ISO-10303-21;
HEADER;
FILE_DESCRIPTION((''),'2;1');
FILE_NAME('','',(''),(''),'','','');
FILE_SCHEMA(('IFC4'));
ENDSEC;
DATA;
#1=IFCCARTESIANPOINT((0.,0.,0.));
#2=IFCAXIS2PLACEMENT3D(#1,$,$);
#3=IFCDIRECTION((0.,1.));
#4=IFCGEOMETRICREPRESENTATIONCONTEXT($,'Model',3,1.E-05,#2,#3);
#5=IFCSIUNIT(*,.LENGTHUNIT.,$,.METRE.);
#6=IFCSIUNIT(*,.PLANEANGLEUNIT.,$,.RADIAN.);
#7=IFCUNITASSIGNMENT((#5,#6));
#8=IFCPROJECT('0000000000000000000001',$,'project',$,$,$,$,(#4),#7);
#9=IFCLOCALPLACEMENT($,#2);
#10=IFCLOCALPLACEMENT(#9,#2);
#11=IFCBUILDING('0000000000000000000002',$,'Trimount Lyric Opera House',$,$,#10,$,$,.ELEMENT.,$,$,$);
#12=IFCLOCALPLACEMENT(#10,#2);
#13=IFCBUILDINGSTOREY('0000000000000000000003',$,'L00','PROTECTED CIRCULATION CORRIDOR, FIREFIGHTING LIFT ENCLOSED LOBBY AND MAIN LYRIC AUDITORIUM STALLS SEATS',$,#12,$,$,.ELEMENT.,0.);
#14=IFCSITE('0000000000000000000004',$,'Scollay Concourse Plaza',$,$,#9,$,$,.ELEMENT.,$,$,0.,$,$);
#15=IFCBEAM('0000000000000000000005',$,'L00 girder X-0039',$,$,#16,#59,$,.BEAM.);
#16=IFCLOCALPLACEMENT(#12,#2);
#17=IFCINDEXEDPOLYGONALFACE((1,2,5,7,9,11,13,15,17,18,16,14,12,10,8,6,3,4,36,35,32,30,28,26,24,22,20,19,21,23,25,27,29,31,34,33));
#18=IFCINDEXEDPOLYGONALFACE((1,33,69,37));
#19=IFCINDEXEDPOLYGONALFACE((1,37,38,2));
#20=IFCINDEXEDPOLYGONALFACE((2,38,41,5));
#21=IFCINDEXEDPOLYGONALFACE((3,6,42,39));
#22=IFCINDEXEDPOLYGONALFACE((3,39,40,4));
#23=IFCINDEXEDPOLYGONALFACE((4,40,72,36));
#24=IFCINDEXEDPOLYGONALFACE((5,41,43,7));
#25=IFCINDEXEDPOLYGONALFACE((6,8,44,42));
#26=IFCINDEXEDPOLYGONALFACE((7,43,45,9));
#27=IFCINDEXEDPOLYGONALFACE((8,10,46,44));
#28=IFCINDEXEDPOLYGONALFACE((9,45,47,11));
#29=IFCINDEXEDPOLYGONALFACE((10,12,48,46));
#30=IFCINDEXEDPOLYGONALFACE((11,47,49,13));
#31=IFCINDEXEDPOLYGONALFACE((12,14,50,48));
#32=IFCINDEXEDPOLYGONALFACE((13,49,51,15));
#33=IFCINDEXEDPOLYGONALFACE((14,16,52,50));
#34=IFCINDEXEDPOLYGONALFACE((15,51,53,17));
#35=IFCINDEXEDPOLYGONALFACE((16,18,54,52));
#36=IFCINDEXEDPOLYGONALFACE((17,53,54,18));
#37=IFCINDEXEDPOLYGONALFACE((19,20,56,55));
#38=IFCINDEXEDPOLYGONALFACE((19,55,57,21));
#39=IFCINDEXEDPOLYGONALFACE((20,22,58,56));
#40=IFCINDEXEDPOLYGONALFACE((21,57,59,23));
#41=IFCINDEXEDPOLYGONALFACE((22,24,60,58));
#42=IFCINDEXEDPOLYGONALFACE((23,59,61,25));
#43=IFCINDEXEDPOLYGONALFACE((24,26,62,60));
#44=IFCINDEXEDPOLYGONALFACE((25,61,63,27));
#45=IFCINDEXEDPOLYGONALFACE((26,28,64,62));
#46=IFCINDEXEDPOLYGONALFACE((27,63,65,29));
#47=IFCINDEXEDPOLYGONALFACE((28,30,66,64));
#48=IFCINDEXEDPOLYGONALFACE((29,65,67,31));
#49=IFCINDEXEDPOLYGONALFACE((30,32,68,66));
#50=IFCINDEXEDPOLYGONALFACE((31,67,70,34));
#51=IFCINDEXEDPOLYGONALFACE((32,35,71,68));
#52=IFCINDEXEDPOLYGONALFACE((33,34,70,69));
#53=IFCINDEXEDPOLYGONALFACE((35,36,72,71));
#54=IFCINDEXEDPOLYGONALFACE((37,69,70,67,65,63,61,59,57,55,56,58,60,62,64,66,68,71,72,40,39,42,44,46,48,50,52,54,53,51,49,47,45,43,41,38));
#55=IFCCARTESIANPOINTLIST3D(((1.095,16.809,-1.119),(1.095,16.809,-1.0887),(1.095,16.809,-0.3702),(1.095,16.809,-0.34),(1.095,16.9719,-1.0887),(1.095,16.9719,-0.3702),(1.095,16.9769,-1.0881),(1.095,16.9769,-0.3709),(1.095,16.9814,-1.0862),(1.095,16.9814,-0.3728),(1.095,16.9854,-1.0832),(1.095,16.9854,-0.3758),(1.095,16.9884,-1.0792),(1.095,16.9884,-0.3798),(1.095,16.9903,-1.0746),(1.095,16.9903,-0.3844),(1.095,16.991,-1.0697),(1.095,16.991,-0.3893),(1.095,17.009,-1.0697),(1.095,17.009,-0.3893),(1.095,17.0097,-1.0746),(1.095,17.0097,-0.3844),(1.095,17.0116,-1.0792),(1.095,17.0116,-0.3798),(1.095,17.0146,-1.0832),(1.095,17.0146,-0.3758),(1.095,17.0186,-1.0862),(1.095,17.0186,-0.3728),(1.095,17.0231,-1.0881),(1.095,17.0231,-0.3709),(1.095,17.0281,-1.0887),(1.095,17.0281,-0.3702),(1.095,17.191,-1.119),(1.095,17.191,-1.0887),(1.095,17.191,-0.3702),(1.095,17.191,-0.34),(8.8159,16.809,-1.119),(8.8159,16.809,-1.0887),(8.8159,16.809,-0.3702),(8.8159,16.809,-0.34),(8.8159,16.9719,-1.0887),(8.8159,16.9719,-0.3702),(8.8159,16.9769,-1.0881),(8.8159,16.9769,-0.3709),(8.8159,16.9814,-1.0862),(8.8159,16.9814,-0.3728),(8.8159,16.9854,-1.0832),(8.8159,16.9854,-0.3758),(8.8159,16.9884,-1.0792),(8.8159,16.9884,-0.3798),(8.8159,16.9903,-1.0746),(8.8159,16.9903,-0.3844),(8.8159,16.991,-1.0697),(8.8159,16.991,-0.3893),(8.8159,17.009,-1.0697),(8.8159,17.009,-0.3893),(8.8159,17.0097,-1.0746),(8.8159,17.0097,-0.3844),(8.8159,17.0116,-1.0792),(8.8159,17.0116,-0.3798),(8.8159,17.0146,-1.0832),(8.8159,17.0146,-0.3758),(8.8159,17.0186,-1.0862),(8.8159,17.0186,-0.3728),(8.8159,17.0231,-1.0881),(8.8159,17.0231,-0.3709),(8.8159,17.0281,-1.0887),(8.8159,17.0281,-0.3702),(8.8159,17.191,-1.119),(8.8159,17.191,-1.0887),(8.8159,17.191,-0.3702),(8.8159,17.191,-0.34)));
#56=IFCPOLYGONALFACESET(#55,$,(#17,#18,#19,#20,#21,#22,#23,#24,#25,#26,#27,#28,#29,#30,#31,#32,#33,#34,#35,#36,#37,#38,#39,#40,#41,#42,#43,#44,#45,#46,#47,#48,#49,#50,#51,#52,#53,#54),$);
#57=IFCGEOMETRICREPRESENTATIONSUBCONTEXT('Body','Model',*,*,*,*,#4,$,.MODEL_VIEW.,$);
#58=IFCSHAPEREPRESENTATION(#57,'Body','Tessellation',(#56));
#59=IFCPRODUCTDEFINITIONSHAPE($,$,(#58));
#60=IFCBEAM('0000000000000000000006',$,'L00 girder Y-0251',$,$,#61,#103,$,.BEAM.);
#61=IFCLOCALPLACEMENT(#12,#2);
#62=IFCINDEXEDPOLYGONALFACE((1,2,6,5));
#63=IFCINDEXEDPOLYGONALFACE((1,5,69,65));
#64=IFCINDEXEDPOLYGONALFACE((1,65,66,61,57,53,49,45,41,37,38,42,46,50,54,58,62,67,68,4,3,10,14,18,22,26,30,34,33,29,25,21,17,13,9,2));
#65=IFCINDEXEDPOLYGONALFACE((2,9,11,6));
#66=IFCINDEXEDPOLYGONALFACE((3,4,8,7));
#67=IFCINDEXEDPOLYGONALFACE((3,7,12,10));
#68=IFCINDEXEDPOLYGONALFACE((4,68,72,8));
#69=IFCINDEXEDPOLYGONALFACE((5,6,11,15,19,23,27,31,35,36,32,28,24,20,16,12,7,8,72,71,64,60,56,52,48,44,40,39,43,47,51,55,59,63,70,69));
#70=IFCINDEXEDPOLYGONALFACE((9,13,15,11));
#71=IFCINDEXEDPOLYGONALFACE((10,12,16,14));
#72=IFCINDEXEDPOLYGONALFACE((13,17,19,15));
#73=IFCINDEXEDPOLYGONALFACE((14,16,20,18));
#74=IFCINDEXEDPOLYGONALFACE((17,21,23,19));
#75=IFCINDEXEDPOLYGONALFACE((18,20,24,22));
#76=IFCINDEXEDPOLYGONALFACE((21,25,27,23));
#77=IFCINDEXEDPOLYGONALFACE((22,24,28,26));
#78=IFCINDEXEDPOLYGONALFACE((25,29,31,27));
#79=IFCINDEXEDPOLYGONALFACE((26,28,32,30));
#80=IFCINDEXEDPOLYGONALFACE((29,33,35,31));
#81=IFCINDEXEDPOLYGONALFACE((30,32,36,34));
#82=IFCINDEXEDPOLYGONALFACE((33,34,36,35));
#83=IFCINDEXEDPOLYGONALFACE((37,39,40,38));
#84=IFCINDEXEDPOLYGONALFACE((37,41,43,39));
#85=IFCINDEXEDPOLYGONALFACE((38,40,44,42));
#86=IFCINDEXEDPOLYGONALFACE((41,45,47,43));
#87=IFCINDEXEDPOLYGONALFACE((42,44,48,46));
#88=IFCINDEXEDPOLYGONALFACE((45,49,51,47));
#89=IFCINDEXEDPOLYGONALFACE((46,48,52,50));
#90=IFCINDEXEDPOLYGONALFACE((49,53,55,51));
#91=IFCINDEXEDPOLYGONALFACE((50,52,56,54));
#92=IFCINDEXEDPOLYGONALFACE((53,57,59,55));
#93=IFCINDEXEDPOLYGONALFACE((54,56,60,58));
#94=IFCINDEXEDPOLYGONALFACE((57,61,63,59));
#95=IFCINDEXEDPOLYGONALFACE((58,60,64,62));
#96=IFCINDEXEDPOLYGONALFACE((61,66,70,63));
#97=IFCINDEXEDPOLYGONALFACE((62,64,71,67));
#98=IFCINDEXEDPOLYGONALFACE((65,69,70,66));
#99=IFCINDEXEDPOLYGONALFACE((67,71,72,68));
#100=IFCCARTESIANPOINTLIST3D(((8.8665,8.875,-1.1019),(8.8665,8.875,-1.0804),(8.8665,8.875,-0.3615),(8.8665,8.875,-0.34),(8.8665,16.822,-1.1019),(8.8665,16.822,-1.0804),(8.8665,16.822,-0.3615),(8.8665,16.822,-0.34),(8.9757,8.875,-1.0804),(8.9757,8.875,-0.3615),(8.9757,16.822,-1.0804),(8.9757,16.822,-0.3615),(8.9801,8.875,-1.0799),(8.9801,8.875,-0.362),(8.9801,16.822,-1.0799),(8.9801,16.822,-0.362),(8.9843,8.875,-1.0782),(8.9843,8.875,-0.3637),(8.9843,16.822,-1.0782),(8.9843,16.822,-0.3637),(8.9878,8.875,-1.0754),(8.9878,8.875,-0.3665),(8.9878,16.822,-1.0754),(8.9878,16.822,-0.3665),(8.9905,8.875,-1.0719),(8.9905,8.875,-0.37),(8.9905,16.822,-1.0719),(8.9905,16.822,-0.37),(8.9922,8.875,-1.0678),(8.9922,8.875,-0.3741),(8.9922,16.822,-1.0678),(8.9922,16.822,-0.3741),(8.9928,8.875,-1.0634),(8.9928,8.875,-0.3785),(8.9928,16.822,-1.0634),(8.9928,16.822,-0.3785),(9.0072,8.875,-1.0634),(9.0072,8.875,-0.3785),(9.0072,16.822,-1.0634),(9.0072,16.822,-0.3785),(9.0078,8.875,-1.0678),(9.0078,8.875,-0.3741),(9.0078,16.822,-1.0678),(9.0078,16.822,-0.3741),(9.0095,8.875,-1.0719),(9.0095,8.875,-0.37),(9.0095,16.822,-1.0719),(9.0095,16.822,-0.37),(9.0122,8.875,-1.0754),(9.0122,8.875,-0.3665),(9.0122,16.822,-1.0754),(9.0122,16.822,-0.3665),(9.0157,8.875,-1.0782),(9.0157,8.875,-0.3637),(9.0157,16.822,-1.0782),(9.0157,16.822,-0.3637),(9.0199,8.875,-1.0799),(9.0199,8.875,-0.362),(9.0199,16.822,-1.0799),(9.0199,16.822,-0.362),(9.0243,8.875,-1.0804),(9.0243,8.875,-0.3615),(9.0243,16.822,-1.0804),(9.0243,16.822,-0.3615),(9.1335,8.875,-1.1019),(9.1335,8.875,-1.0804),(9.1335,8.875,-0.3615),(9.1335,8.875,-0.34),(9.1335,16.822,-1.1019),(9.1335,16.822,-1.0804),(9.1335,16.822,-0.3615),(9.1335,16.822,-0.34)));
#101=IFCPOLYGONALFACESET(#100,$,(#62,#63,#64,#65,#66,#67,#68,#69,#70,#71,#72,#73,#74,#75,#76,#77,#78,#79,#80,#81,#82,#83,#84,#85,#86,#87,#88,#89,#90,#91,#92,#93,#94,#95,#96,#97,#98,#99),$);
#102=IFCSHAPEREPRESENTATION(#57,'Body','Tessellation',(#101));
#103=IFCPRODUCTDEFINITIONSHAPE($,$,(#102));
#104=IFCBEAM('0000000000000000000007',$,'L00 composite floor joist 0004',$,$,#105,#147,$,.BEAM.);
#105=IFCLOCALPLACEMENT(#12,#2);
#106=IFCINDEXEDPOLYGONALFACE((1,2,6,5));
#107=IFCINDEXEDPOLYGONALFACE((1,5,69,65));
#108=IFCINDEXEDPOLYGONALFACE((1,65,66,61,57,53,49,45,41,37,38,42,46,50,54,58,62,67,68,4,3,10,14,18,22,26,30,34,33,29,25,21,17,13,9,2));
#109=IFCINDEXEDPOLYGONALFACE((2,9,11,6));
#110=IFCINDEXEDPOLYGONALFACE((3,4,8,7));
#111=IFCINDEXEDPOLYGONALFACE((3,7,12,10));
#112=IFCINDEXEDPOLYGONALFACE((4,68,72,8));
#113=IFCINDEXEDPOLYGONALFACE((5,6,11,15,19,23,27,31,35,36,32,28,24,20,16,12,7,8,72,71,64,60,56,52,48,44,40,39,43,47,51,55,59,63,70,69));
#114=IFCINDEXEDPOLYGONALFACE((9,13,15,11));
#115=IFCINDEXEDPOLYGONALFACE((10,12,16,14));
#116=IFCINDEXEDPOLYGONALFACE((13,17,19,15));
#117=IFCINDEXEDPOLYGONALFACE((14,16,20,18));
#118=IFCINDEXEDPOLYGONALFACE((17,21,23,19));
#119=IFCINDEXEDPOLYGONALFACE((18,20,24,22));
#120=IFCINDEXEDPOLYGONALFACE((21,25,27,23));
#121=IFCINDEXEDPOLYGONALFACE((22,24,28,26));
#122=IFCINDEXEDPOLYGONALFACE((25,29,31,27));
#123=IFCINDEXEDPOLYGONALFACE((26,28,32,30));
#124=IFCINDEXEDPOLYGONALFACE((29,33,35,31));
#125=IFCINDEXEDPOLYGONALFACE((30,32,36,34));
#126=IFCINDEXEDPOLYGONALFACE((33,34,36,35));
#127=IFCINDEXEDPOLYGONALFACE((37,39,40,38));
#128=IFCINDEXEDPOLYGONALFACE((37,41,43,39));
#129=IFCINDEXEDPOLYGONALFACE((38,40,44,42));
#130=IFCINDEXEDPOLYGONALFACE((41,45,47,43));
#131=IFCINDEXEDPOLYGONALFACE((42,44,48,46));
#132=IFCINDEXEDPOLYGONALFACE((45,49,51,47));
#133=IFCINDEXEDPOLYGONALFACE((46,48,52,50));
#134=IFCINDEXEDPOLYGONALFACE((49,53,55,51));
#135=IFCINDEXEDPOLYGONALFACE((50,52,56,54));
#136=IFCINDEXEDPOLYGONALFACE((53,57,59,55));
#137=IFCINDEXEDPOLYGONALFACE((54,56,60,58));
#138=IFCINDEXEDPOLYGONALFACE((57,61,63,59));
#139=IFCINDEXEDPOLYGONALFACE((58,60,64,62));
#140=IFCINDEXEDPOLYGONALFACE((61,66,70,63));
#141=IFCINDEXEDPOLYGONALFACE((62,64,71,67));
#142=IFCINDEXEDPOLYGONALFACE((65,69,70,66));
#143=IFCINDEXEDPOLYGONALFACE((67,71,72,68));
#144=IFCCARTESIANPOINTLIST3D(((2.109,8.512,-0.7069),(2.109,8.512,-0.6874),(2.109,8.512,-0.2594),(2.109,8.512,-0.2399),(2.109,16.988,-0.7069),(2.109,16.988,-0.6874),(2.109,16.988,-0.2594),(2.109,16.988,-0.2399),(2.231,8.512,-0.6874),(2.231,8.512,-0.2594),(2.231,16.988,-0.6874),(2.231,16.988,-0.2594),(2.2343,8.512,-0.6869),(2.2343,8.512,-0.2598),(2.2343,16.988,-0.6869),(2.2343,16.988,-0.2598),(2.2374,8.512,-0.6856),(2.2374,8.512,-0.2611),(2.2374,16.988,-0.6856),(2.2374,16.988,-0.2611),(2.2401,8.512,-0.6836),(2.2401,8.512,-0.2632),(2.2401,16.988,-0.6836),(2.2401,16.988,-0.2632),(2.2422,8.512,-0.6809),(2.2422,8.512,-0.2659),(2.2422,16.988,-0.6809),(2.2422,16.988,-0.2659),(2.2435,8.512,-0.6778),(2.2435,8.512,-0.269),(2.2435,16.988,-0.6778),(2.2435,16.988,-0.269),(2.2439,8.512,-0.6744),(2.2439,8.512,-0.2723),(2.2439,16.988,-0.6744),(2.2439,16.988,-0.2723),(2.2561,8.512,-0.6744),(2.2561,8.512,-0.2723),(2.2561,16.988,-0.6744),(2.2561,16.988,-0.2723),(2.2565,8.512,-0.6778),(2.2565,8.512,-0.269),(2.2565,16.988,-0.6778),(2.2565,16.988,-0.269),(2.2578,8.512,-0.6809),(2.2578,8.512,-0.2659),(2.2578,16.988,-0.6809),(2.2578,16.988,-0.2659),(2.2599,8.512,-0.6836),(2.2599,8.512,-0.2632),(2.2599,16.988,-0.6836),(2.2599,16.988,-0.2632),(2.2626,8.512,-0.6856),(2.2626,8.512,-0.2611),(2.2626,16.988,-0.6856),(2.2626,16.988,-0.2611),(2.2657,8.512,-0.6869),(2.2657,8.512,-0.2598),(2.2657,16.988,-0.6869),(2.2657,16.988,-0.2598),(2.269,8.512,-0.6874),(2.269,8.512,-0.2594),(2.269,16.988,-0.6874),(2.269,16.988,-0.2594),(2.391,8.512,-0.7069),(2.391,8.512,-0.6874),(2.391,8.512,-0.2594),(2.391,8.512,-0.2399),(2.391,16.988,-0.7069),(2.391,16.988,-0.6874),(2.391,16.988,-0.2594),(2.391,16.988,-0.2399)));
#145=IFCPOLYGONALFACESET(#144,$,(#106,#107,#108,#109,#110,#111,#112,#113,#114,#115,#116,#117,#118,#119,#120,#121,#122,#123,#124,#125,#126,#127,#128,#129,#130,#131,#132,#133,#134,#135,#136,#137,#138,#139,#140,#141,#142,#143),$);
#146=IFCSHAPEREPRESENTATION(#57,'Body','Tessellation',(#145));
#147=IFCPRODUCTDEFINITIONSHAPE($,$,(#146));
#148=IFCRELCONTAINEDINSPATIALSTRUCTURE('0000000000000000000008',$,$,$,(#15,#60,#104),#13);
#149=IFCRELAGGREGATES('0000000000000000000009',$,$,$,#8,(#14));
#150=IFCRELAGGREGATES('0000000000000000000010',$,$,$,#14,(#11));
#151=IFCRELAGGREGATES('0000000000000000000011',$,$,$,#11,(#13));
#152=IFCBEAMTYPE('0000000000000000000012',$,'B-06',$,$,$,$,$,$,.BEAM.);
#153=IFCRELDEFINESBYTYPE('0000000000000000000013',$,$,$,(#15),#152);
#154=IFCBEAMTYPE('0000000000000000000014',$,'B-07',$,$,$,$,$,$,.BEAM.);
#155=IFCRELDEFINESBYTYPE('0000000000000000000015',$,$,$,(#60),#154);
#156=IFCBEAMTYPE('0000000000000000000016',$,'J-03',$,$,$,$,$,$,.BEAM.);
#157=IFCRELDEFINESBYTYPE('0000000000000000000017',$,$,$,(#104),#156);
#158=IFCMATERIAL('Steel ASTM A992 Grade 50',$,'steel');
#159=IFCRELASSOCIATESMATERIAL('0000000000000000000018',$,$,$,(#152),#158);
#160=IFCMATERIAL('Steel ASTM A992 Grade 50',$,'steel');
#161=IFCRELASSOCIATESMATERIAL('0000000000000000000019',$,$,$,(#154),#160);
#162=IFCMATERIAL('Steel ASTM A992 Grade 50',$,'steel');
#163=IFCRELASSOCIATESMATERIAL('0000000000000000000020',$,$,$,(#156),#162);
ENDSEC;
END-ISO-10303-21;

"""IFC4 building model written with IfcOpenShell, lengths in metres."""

from ifc_helpers import new_model, si_unit, direction, frame, origin, origin_2d, place, context, subcontext, project, spatial, i_section, extrude, material, material_profile, profile_set, type_object, element, save


model = new_model("IFC4")

# Units and contexts
model_context = context("Model", 3, precision=1e-05, world=origin(), true_north=direction((0.0, 1.0)))
body_context = subcontext(model_context, "Body", "Model", "MODEL_VIEW")
ifc_project = project(units=[si_unit("LENGTHUNIT", "METRE"), si_unit("PLANEANGLEUNIT", "RADIAN")], contexts=[model_context])

# Site, building, storey
site_placement = place(None, origin())
site = spatial("IfcSite", under=ifc_project, at=site_placement, Name="Scollay Concourse Plaza", CompositionType="ELEMENT", RefElevation=0.0)
building_placement = place(site_placement, origin())
building = spatial("IfcBuilding", under=site, at=building_placement, Name="Trimount Lyric Opera House", CompositionType="ELEMENT")
storey_placement = place(building_placement, origin())
storey = spatial("IfcBuildingStorey", under=building, at=storey_placement, Name="L00", Description="PROTECTED CIRCULATION CORRIDOR, FIREFIGHTING LIFT ENCLOSED LOBBY AND MAIN LYRIC AUDITORIUM STALLS SEATS", CompositionType="ELEMENT", Elevation=0.0)

# Beams
ifc_material_1 = material(Name="Steel ASTM A992 Grade 50", Category="steel")
ifc_material_profile_1 = material_profile(ifc_material_1, i_section(OverallWidth=0.3821, OverallDepth=0.7791, WebThickness=0.0181, FlangeThickness=0.0303, FilletRadius=0.019, at=origin_2d()), Name="W30X191")
ifc_profile_set_1 = profile_set([ifc_material_profile_1], Name="Steel ASTM A992 Grade 50")
beam_type_1 = type_object("IfcBeamType", Name="B-06", PredefinedType="BEAM", material=ifc_profile_set_1)
beam_1_placement = place(storey_placement, frame((1.095, 17.0, -0.7295), z_axis=(1.0, 0.0, 0.0), x_axis=(0.0, 1.0, 0.0)))
element("IfcBeam", 1, at=beam_1_placement, inside=storey, type_object=beam_type_1, Name="L00 girder X-0039", PredefinedType="BEAM", context=body_context, shape_type="SweptSolid", body=[
    extrude(i_section(OverallWidth=0.3821, OverallDepth=0.7791, WebThickness=0.0181, FlangeThickness=0.0303, FilletRadius=0.019, at=origin_2d()), origin(), (0.0, 0.0, 1.0), 7.7209),
])
ifc_material_2 = material(Name="Steel ASTM A992 Grade 50", Category="steel")
ifc_material_profile_2 = material_profile(ifc_material_2, i_section(OverallWidth=0.2671, OverallDepth=0.762, WebThickness=0.0144, FlangeThickness=0.0215, FilletRadius=0.0171, at=origin_2d()), Name="W30X116")
ifc_profile_set_2 = profile_set([ifc_material_profile_2], Name="Steel ASTM A992 Grade 50")
beam_type_2 = type_object("IfcBeamType", Name="B-07", PredefinedType="BEAM", material=ifc_profile_set_2)
beam_2_placement = place(storey_placement, frame((9.0, 8.875, -0.7209), z_axis=(0.0, 1.0, 0.0), x_axis=(-1.0, 0.0, 0.0)))
element("IfcBeam", 2, at=beam_2_placement, inside=storey, type_object=beam_type_2, Name="L00 girder Y-0251", PredefinedType="BEAM", context=body_context, shape_type="SweptSolid", body=[
    extrude(i_section(OverallWidth=0.2671, OverallDepth=0.762, WebThickness=0.0144, FlangeThickness=0.0215, FilletRadius=0.0171, at=origin_2d()), origin(), (0.0, 0.0, 1.0), 7.947),
])
ifc_material_3 = material(Name="Steel ASTM A992 Grade 50", Category="steel")
ifc_material_profile_3 = material_profile(ifc_material_3, i_section(OverallWidth=0.282, OverallDepth=0.467, WebThickness=0.0122, FlangeThickness=0.0195, FilletRadius=0.0129, at=origin_2d()), Name="W18X86")
ifc_profile_set_3 = profile_set([ifc_material_profile_3], Name="Steel ASTM A992 Grade 50")
beam_type_3 = type_object("IfcBeamType", Name="J-03", PredefinedType="BEAM", material=ifc_profile_set_3)
beam_3_placement = place(storey_placement, frame((2.25, 8.512, -0.4734), z_axis=(0.0, 1.0, 0.0), x_axis=(-1.0, 0.0, 0.0)))
element("IfcBeam", 3, at=beam_3_placement, inside=storey, type_object=beam_type_3, Name="L00 composite floor joist 0004", PredefinedType="BEAM", context=body_context, shape_type="SweptSolid", body=[
    extrude(i_section(OverallWidth=0.282, OverallDepth=0.467, WebThickness=0.0122, FlangeThickness=0.0195, FilletRadius=0.0129, at=origin_2d()), origin(), (0.0, 0.0, 1.0), 8.4761),
])

save(model, "model.ifc")
